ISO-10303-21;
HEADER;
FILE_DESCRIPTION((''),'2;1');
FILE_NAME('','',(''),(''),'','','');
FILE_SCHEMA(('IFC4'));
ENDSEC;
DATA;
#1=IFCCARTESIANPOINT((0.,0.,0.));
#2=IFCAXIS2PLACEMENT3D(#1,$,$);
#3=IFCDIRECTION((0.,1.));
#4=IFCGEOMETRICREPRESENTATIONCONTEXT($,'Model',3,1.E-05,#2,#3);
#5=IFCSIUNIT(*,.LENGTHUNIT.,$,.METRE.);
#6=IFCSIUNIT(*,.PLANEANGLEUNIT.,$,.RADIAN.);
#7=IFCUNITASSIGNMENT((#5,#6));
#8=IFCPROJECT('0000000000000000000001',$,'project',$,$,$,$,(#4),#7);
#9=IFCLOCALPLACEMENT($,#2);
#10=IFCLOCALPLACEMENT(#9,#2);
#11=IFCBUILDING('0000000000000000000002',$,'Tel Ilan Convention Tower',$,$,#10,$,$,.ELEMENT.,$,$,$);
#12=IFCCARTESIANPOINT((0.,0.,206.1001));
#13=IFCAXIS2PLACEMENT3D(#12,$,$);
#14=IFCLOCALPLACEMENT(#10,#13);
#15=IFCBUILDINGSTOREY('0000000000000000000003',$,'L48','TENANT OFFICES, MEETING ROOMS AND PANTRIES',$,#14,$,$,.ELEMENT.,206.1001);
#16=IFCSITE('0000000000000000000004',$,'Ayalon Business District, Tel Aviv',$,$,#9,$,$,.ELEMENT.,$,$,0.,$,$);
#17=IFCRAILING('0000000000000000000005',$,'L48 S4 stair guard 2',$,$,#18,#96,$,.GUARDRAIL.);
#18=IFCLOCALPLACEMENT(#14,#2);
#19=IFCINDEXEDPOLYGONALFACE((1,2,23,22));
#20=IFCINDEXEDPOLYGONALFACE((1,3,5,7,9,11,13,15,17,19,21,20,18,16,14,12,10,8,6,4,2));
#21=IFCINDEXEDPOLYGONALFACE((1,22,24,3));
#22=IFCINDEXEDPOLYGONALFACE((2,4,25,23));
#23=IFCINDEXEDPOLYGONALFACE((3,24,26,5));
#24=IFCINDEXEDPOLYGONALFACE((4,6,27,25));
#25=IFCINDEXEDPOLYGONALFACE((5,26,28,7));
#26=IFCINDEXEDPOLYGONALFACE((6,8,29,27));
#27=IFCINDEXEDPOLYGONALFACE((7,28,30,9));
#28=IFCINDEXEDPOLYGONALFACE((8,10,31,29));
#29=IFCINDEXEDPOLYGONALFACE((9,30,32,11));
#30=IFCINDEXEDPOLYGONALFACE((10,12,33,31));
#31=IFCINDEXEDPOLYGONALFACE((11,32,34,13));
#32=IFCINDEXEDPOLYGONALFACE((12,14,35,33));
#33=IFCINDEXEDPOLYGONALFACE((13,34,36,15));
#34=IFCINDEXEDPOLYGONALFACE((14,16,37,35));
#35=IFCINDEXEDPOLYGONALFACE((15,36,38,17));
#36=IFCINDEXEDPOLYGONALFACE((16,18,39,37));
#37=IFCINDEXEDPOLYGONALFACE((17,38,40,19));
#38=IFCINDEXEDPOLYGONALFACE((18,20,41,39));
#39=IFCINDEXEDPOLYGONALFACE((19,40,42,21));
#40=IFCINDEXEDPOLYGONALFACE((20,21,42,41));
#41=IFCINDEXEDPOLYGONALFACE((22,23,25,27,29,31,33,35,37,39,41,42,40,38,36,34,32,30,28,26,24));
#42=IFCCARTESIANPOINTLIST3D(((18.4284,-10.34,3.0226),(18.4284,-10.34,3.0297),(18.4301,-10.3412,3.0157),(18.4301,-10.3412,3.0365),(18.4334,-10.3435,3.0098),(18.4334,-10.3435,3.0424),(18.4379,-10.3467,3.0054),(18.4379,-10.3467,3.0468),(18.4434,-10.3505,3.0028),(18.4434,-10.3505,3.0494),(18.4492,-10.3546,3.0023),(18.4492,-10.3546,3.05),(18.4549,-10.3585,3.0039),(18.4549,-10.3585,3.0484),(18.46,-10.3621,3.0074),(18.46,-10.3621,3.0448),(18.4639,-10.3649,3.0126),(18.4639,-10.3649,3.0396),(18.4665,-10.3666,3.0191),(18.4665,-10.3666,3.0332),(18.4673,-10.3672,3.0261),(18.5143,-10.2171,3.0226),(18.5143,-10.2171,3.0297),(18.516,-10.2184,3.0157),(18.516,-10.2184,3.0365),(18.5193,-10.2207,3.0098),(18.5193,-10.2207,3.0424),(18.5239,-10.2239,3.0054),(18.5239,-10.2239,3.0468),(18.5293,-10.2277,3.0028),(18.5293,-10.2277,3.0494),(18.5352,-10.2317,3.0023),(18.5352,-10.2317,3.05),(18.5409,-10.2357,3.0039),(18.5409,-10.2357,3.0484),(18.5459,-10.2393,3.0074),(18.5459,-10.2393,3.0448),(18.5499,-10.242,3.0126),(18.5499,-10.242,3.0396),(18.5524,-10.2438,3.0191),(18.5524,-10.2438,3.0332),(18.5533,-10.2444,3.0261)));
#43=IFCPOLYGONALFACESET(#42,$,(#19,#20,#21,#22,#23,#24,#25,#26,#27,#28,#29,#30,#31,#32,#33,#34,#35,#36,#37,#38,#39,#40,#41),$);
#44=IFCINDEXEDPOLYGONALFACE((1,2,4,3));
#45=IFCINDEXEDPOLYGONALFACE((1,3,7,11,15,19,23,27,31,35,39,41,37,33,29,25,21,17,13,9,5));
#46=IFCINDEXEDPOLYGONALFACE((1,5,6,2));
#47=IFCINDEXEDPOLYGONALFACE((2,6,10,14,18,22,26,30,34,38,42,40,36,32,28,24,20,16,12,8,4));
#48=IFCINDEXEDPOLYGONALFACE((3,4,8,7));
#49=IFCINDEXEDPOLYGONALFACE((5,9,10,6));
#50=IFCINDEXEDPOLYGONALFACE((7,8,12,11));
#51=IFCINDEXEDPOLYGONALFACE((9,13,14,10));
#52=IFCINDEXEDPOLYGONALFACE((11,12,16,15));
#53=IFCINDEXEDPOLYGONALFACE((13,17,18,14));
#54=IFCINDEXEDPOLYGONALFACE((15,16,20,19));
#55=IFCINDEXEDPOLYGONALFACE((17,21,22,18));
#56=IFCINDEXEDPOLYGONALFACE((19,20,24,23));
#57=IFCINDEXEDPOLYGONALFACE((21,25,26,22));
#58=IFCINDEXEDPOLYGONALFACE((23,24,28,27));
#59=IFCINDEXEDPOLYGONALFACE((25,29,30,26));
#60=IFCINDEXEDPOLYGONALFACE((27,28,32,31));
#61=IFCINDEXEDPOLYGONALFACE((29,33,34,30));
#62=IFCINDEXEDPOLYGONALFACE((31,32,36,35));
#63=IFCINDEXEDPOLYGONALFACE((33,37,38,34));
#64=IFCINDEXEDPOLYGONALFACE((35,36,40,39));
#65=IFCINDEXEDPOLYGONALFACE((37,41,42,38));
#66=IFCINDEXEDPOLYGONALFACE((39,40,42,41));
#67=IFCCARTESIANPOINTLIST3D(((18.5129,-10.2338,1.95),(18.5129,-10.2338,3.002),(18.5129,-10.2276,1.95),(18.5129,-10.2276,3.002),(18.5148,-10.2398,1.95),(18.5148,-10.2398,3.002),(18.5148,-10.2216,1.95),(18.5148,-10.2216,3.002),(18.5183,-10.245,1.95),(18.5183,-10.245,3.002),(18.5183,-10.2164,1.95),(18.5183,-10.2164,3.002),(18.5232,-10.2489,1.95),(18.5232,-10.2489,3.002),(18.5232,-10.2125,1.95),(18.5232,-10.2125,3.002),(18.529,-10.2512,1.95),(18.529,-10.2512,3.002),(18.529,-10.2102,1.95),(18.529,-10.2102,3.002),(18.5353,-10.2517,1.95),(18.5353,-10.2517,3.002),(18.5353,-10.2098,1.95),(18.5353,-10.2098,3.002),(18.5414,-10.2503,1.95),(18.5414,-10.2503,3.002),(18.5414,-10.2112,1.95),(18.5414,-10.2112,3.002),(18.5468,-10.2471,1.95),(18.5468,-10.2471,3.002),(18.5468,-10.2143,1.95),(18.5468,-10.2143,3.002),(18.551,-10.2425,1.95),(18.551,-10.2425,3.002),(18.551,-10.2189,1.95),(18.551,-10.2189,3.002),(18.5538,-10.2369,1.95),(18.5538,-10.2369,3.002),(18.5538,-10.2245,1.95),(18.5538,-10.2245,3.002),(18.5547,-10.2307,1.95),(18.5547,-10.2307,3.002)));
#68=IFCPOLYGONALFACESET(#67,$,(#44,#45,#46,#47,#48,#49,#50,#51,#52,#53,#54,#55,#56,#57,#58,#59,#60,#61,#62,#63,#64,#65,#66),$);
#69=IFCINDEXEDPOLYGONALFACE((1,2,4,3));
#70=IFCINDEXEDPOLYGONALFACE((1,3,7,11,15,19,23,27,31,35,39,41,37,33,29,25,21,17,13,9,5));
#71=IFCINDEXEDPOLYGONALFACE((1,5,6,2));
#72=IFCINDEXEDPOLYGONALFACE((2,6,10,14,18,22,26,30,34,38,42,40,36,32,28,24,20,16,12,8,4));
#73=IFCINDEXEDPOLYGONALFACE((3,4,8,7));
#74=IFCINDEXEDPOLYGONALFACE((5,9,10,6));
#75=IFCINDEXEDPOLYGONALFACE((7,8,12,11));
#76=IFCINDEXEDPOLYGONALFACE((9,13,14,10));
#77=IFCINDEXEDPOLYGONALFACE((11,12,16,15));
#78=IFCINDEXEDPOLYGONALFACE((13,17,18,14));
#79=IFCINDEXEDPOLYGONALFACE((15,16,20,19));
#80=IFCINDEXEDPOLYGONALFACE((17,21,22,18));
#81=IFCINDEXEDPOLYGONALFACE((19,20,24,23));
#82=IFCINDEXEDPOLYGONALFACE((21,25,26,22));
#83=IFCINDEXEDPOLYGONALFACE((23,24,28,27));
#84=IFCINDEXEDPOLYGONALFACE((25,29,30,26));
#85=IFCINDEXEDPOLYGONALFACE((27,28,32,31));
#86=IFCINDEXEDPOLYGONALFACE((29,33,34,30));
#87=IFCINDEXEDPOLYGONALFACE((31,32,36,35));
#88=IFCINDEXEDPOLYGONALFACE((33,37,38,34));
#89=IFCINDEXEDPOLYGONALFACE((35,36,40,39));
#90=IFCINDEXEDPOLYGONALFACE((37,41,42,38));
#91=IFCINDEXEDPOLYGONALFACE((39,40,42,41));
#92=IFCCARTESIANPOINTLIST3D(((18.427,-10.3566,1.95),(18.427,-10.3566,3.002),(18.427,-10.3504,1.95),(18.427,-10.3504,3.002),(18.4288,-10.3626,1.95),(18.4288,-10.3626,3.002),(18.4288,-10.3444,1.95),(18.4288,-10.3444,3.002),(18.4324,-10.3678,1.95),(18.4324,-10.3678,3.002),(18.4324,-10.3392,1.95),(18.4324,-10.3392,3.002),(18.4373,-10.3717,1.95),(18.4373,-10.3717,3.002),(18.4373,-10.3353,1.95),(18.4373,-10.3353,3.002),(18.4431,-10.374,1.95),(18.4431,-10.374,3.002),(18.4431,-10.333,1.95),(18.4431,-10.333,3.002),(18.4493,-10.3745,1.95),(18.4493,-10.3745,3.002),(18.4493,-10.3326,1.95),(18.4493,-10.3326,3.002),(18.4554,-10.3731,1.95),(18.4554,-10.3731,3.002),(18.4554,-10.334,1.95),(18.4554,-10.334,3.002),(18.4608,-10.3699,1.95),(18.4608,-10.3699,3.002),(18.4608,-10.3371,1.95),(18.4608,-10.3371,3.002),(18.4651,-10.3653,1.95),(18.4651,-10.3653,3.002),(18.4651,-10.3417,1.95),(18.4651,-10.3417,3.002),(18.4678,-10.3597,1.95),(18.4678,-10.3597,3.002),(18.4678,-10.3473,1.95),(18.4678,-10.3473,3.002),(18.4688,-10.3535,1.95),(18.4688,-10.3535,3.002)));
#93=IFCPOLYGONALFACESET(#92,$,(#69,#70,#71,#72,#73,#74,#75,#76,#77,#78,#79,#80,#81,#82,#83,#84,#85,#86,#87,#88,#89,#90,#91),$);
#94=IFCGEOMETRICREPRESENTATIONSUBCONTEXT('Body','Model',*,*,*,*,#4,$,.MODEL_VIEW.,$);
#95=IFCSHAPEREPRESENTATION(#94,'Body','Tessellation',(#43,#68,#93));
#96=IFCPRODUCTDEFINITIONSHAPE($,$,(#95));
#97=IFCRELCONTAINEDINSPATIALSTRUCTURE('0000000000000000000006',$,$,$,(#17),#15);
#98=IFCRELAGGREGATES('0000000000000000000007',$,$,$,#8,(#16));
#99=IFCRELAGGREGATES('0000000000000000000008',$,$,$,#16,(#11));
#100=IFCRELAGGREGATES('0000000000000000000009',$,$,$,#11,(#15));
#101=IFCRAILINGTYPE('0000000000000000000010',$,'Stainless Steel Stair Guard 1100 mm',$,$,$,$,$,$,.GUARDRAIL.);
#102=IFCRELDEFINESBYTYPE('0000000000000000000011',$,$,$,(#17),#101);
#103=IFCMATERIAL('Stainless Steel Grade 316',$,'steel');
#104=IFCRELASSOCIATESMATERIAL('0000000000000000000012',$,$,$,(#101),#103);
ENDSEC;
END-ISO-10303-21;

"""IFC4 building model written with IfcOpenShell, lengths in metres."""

from ifc_helpers import new_model, si_unit, direction, frame, origin, origin_2d, place, context, subcontext, project, spatial, circle, extrude, material, type_object, element, save


model = new_model("IFC4")

# Units and contexts
model_context = context("Model", 3, precision=1e-05, world=origin(), true_north=direction((0.0, 1.0)))
body_context = subcontext(model_context, "Body", "Model", "MODEL_VIEW")
ifc_project = project(units=[si_unit("LENGTHUNIT", "METRE"), si_unit("PLANEANGLEUNIT", "RADIAN")], contexts=[model_context])

# Site, building, storey
site_placement = place(None, origin())
site = spatial("IfcSite", under=ifc_project, at=site_placement, Name="Ayalon Business District, Tel Aviv", CompositionType="ELEMENT", RefElevation=0.0)
building_placement = place(site_placement, origin())
building = spatial("IfcBuilding", under=site, at=building_placement, Name="Tel Ilan Convention Tower", CompositionType="ELEMENT")
storey_placement = place(building_placement, frame((0.0, 0.0, 206.1001)))
storey = spatial("IfcBuildingStorey", under=building, at=storey_placement, Name="L48", Description="TENANT OFFICES, MEETING ROOMS AND PANTRIES", CompositionType="ELEMENT", Elevation=206.1001)

# Railing
ifc_material_1 = material(Name="Stainless Steel Grade 316", Category="steel")
railing_type_1 = type_object("IfcRailingType", Name="Stainless Steel Stair Guard 1100 mm", PredefinedType="GUARDRAIL", material=ifc_material_1)
railing_1_placement = place(storey_placement, frame((18.5337, -10.2307, 1.95)))
element("IfcRailing", 1, at=railing_1_placement, inside=storey, type_object=railing_type_1, Name="L48 S4 stair guard 2", PredefinedType="GUARDRAIL", context=body_context, shape_type="SweptSolid", body=[
    extrude(circle(Radius=0.0239, at=origin_2d()), frame((0.0, 0.0, 1.0762), z_axis=(-0.573353, -0.819308, 0.0), x_axis=(0.819308, -0.573353, 0.0)), (0.0, 0.0, 1.0), 0.1499),
    extrude(circle(Radius=0.021, at=origin_2d()), origin(), (0.0, 0.0, 1.0), 1.052),
    extrude(circle(Radius=0.021, at=origin_2d()), frame((-0.0859, -0.1228, 0.0)), (0.0, 0.0, 1.0), 1.052),
])

save(model, "model.ifc")
